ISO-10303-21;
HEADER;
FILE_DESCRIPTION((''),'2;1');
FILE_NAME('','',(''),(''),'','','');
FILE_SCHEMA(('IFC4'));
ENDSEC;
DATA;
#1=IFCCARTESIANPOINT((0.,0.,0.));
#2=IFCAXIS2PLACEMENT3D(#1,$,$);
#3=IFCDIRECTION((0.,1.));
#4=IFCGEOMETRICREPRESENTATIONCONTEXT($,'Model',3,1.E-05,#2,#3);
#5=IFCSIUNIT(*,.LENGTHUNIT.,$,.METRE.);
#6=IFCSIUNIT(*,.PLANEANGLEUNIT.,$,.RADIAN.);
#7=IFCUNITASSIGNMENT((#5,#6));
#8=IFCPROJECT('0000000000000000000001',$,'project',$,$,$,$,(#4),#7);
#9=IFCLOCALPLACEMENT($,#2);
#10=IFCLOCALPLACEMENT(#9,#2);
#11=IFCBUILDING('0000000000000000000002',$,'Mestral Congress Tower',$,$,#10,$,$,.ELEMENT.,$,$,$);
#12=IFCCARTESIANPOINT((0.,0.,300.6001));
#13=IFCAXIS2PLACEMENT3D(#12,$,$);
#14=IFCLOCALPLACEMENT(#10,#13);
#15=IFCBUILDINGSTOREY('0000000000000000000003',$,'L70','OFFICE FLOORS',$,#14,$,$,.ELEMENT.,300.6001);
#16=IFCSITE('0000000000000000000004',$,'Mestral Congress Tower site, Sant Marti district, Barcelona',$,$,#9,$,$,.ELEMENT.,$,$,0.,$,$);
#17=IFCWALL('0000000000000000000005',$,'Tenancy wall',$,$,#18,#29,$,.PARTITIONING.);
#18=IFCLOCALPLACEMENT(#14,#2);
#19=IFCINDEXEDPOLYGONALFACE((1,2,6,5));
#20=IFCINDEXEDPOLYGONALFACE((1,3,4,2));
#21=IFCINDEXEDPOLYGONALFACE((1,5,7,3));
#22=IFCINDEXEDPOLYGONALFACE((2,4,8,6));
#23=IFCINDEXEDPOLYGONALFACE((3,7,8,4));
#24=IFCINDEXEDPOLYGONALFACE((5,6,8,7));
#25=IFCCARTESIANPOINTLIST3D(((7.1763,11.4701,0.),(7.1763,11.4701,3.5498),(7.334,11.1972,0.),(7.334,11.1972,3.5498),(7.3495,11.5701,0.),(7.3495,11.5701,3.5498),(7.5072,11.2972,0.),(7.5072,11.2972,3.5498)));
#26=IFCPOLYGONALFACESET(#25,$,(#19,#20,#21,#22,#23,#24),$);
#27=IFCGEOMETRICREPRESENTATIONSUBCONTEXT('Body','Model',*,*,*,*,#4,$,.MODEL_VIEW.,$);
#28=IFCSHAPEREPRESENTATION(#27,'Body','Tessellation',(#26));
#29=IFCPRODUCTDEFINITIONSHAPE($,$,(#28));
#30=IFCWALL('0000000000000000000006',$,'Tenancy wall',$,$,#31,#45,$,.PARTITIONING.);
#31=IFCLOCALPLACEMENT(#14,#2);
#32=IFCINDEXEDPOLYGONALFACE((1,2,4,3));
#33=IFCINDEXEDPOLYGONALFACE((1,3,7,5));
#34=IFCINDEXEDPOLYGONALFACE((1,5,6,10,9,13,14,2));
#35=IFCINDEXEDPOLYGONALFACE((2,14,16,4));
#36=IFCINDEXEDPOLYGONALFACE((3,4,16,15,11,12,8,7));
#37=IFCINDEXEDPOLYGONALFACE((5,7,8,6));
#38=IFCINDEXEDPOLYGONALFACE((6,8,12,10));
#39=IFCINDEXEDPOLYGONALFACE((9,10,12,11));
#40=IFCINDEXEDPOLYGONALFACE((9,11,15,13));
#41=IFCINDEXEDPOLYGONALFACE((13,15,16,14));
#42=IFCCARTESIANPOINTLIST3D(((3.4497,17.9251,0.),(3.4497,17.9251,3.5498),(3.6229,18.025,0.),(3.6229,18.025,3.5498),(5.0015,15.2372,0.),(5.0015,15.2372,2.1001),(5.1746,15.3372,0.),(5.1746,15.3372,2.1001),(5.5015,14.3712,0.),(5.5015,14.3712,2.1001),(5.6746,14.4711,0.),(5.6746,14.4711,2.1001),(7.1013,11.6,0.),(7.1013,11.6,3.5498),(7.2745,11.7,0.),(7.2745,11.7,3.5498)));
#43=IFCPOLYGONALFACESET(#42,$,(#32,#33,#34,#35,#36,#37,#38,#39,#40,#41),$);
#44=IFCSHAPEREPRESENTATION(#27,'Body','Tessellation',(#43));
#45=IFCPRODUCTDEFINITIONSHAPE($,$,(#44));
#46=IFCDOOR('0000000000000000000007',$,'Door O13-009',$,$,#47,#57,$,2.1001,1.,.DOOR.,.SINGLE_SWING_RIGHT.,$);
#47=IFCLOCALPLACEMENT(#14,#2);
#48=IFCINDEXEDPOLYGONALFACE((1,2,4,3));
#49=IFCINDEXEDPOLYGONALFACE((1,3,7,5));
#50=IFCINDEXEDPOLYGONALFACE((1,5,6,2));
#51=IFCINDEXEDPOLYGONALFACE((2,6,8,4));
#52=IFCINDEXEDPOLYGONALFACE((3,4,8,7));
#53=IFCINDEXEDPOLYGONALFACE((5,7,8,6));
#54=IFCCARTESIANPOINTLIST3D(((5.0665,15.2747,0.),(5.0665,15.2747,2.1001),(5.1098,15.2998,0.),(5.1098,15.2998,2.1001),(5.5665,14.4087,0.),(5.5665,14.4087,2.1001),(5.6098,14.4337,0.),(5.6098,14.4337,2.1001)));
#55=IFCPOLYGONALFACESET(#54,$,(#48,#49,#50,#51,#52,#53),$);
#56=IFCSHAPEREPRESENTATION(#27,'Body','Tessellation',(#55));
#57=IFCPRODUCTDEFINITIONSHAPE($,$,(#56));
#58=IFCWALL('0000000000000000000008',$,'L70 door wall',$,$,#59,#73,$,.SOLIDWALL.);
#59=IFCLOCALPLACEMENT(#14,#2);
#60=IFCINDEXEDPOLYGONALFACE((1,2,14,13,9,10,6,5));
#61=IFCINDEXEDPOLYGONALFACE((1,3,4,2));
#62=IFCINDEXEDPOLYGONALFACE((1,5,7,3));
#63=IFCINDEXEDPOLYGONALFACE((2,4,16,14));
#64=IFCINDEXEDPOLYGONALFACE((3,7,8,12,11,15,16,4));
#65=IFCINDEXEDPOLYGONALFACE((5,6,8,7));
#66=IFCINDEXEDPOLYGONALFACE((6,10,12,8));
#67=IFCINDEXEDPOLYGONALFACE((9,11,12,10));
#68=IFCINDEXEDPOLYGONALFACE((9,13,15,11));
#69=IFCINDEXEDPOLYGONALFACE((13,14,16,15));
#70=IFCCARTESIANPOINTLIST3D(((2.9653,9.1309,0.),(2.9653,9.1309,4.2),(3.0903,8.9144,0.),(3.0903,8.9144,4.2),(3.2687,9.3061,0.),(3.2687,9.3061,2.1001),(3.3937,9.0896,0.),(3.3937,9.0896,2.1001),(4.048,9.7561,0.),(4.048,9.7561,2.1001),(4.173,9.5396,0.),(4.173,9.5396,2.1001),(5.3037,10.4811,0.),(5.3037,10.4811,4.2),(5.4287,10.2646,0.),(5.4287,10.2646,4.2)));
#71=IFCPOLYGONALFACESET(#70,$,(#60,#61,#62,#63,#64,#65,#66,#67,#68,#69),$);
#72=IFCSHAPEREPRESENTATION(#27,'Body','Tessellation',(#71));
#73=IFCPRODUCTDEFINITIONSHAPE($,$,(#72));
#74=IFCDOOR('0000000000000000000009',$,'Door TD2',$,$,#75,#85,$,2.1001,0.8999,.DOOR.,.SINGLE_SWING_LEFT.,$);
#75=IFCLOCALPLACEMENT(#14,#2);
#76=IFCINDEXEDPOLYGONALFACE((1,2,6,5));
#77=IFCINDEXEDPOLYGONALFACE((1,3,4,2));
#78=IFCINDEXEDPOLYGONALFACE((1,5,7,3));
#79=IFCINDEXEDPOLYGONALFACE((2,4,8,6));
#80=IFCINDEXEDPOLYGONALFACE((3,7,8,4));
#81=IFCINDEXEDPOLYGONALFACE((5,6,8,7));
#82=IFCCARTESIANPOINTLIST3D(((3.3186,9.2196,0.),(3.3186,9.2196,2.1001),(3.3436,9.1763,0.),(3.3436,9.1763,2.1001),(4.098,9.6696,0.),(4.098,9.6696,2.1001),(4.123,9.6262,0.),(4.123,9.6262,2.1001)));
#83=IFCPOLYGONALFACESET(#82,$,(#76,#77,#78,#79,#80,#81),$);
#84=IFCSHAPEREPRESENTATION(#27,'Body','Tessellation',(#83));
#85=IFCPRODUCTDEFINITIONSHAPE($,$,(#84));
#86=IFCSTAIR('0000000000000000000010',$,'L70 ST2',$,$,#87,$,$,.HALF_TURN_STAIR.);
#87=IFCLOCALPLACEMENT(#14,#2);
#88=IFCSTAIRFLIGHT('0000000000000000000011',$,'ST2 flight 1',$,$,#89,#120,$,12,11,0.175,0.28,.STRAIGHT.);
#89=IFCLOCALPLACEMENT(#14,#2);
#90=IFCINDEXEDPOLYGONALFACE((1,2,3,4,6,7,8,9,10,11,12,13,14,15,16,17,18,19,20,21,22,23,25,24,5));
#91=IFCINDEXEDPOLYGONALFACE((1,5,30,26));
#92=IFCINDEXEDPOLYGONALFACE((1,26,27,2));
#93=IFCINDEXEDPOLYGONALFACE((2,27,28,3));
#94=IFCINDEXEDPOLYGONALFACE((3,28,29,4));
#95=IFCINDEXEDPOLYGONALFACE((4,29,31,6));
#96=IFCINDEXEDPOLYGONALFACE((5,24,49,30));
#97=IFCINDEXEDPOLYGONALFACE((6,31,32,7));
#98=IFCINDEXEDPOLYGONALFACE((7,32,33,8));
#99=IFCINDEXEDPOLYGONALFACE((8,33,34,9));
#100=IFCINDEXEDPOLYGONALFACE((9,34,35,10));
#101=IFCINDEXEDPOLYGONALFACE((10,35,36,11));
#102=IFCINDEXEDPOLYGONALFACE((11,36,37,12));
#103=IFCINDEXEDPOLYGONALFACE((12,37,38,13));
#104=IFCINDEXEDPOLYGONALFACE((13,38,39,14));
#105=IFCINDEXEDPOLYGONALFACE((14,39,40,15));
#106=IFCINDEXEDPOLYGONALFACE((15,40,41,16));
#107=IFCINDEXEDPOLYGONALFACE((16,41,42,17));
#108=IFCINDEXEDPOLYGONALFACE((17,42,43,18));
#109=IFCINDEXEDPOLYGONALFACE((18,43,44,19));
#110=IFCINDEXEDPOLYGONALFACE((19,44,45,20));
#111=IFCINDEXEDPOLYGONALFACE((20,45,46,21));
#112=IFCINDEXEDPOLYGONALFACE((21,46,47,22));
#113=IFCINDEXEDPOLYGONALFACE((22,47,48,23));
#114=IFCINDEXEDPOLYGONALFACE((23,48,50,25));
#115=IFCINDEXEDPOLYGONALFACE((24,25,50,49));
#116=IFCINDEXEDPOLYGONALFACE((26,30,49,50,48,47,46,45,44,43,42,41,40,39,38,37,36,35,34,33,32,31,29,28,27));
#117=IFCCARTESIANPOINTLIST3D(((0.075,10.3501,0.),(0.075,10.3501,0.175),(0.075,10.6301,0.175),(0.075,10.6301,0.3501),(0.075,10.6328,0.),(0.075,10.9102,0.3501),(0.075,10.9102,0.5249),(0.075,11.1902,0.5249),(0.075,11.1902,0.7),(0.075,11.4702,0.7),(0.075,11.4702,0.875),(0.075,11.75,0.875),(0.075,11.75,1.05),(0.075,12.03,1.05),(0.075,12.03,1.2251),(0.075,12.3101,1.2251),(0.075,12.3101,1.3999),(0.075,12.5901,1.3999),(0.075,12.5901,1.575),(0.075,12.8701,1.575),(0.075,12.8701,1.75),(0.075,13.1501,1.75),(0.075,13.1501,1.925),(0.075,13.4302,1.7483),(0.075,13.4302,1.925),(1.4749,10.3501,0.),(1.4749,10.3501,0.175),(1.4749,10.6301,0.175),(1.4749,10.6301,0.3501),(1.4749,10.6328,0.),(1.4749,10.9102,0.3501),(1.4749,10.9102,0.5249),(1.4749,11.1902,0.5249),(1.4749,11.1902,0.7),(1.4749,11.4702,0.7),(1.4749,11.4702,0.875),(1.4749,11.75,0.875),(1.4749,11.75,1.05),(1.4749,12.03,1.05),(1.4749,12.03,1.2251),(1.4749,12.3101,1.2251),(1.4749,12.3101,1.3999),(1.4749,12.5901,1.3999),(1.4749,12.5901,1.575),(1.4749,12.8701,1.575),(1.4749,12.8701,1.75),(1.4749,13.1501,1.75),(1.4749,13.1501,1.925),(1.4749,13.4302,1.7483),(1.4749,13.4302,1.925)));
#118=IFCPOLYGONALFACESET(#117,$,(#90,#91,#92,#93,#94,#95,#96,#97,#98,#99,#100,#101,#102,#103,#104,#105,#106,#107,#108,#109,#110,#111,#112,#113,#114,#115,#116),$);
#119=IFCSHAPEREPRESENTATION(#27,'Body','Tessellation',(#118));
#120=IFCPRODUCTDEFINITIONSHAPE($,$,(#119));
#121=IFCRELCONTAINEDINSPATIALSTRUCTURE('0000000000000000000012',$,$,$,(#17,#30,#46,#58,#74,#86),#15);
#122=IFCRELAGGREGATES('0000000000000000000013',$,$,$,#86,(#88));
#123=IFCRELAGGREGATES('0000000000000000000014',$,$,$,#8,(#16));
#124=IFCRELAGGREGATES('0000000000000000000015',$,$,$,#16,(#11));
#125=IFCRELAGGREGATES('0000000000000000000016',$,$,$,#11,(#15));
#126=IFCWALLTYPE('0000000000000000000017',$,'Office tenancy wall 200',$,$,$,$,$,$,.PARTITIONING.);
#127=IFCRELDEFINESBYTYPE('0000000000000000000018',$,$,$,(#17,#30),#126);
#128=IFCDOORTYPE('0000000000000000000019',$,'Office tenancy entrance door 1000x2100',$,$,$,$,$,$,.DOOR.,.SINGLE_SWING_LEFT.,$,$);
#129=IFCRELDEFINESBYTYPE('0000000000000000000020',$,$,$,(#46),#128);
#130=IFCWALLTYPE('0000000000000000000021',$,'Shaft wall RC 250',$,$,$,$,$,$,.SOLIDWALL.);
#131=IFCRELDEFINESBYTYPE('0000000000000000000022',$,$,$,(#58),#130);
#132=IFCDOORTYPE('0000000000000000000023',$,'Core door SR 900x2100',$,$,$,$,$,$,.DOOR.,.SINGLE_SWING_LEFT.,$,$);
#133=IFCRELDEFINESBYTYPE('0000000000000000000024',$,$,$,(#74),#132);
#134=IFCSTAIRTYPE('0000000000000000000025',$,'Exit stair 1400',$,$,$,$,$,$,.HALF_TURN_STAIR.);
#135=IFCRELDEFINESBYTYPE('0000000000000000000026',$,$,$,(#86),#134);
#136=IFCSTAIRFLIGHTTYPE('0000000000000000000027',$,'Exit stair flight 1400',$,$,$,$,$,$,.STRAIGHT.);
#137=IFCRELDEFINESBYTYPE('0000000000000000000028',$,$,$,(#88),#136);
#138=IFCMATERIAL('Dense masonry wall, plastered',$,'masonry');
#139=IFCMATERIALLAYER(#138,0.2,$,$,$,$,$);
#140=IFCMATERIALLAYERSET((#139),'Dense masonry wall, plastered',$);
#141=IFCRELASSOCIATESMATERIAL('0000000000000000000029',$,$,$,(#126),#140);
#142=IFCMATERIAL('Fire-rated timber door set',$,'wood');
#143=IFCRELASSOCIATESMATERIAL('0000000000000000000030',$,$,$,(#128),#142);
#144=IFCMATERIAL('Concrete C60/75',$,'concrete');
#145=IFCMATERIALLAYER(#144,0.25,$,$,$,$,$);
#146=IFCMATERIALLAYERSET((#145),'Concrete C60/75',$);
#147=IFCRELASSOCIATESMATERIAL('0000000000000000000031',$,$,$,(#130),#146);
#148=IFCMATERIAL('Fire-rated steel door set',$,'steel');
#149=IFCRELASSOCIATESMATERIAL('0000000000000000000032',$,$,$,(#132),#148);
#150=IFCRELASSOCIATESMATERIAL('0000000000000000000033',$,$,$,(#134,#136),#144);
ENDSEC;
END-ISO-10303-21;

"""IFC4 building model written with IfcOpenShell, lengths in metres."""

from ifc_helpers import new_model, si_unit, direction, frame, frame_2d, origin, place, context, subcontext, project, spatial, polyline, rectangle, outline, extrude, material, layer, layer_set, type_object, element, fill, aggregate, save


model = new_model("IFC4")

# Units and contexts
model_context = context("Model", 3, precision=1e-05, world=origin(), true_north=direction((0.0, 1.0)))
body_context = subcontext(model_context, "Body", "Model", "MODEL_VIEW")
ifc_project = project(units=[si_unit("LENGTHUNIT", "METRE"), si_unit("PLANEANGLEUNIT", "RADIAN")], contexts=[model_context])

# Site, building, storey
site_placement = place(None, origin())
site = spatial("IfcSite", under=ifc_project, at=site_placement, Name="Mestral Congress Tower site, Sant Marti district, Barcelona", CompositionType="ELEMENT", RefElevation=0.0)
building_placement = place(site_placement, origin())
building = spatial("IfcBuilding", under=site, at=building_placement, Name="Mestral Congress Tower", CompositionType="ELEMENT")
storey_placement = place(building_placement, frame((0.0, 0.0, 300.6001)))
storey = spatial("IfcBuildingStorey", under=building, at=storey_placement, Name="L70", Description="OFFICE FLOORS", CompositionType="ELEMENT", Elevation=300.6001)

# Shared definitions
ifc_material_1 = material(Name="Concrete C60/75", Category="concrete")

# Wall
ifc_material_2 = material(Name="Dense masonry wall, plastered", Category="masonry")
ifc_layer_1 = layer(ifc_material_2, 0.2)
ifc_layer_set_1 = layer_set([ifc_layer_1], Name="Dense masonry wall, plastered")
wall_type_1 = type_object("IfcWallType", Name="Office tenancy wall 200", PredefinedType="PARTITIONING", material=ifc_layer_set_1)
wall_1_placement = place(storey_placement, frame((7.4207, 11.2471, 0.0), z_axis=(0.0, 0.0, 1.0), x_axis=(-0.500303, 0.86585, 0.0)))
element("IfcWall", 1, at=wall_1_placement, inside=storey, type_object=wall_type_1, Name="Tenancy wall", PredefinedType="PARTITIONING", context=body_context, shape_type="SweptSolid", body=[
    extrude(rectangle(XDim=0.3152, YDim=0.2, at=frame_2d((0.1577, 0.0))), origin(), (0.0, 0.0, 1.0), 3.5498),
])

# Walls, openings, doors
wall_2_placement = place(storey_placement, frame((7.188, 11.6499, 0.0), z_axis=(0.0, 0.0, 1.0), x_axis=(-0.49999, 0.866031, 0.0)))
wall_2 = element("IfcWall", 2, at=wall_2_placement, inside=storey, type_object=wall_type_1, Name="Tenancy wall", PredefinedType="PARTITIONING", context=body_context, shape_type="SweptSolid", body=[
    extrude(rectangle(XDim=7.3035, YDim=0.2, at=frame_2d((3.6519, 0.0))), origin(), (0.0, 0.0, 1.0), 3.5498),
])
opening_1_placement = place(wall_2_placement, frame((3.2, 0.0, 0.0)))
opening_1 = element("IfcOpeningElement", 3, at=opening_1_placement, cuts=wall_2, PredefinedType="OPENING", context=body_context, shape_type="SweptSolid", body=[
    extrude(rectangle(XDim=1.0, YDim=2.1001, at=frame_2d((0.5, 1.05))), frame((0.0, 0.1099, 0.0), z_axis=(0.0, -1.0, 0.0), x_axis=(1.0, 0.0, 0.0)), (0.0, 0.0, 1.0), 0.22),
])
ifc_material_3 = material(Name="Fire-rated timber door set", Category="wood")
door_type_1 = type_object("IfcDoorType", Name="Office tenancy entrance door 1000x2100", OperationType="SINGLE_SWING_LEFT", PredefinedType="DOOR", material=ifc_material_3)
door_1_placement = place(opening_1_placement, origin())
door_1 = element("IfcDoor", 4, at=door_1_placement, inside=storey, type_object=door_type_1, Name="Door O13-009", OperationType="SINGLE_SWING_RIGHT", OverallHeight=2.1001, OverallWidth=1.0, PredefinedType="DOOR", context=body_context, shape_type="SweptSolid", body=[
    extrude(rectangle(XDim=1.0, YDim=2.1001, at=frame_2d((0.5, 1.05))), frame((0.0, 0.0249, 0.0), z_axis=(0.0, -1.0, 0.0), x_axis=(1.0, 0.0, 0.0)), (0.0, 0.0, 1.0), 0.05),
])
fill(opening_1, door_1)
ifc_layer_2 = layer(ifc_material_1, 0.25)
ifc_layer_set_2 = layer_set([ifc_layer_2], Name="Concrete C60/75")
wall_type_2 = type_object("IfcWallType", Name="Shaft wall RC 250", PredefinedType="SOLIDWALL", material=ifc_layer_set_2)
wall_3_placement = place(storey_placement, frame((5.3662, 10.3728, 0.0), z_axis=(0.0, 0.0, 1.0), x_axis=(-0.86602, -0.500009, 0.0)))
wall_3 = element("IfcWall", 5, at=wall_3_placement, inside=storey, type_object=wall_type_2, Name="L70 door wall", PredefinedType="SOLIDWALL", context=body_context, shape_type="SweptSolid", body=[
    extrude(rectangle(XDim=2.7002, YDim=0.25, at=frame_2d((1.3501, 0.0))), origin(), (0.0, 0.0, 1.0), 4.2),
])
opening_2_placement = place(wall_3_placement, frame((1.45, 0.0, 0.0)))
opening_2 = element("IfcOpeningElement", 6, at=opening_2_placement, cuts=wall_3, PredefinedType="OPENING", context=body_context, shape_type="SweptSolid", body=[
    extrude(rectangle(XDim=0.8999, YDim=2.1001, at=frame_2d((0.45, 1.05))), frame((0.0, 0.135, 0.0), z_axis=(0.0, -1.0, 0.0), x_axis=(1.0, 0.0, 0.0)), (0.0, 0.0, 1.0), 0.27),
])
ifc_material_4 = material(Name="Fire-rated steel door set", Category="steel")
door_type_2 = type_object("IfcDoorType", Name="Core door SR 900x2100", OperationType="SINGLE_SWING_LEFT", PredefinedType="DOOR", material=ifc_material_4)
door_2_placement = place(opening_2_placement, origin())
door_2 = element("IfcDoor", 7, at=door_2_placement, inside=storey, type_object=door_type_2, Name="Door TD2", OperationType="SINGLE_SWING_LEFT", OverallHeight=2.1001, OverallWidth=0.8999, PredefinedType="DOOR", context=body_context, shape_type="SweptSolid", body=[
    extrude(rectangle(XDim=0.8999, YDim=2.1001, at=frame_2d((0.45, 1.05))), frame((0.0, 0.0249, 0.0), z_axis=(0.0, -1.0, 0.0), x_axis=(1.0, 0.0, 0.0)), (0.0, 0.0, 1.0), 0.05),
])
fill(opening_2, door_2)

# Stair, stair flight
stair_type = type_object("IfcStairType", Name="Exit stair 1400", PredefinedType="HALF_TURN_STAIR", material=ifc_material_1)
stair_placement = place(storey_placement, origin())
stair = element("IfcStair", 8, at=stair_placement, inside=storey, type_object=stair_type, Name="L70 ST2", PredefinedType="HALF_TURN_STAIR")
stair_flight_type = type_object("IfcStairFlightType", Name="Exit stair flight 1400", PredefinedType="STRAIGHT", material=ifc_material_1)
stair_flight_placement = place(storey_placement, frame((0.7749, 10.3501, 0.0), z_axis=(0.0, 0.0, 1.0), x_axis=(0.0, 1.0, 0.0)))
stair_flight = element("IfcStairFlight", 9, at=stair_flight_placement, type_object=stair_flight_type, Name="ST2 flight 1", NumberOfRisers=12, NumberOfTreads=11, PredefinedType="STRAIGHT", RiserHeight=0.175, TreadLength=0.28, context=body_context, shape_type="SweptSolid", body=[
    extrude(outline(polyline([(0.0, 0.0), (0.0, 0.175), (0.28, 0.175), (0.28, 0.3501), (0.5601, 0.3501), (0.5601, 0.5249), (0.8401, 0.5249), (0.8401, 0.7), (1.1201, 0.7), (1.1201, 0.875), (1.3999, 0.875), (1.3999, 1.05), (1.6799, 1.05), (1.6799, 1.2251), (1.96, 1.2251), (1.96, 1.3999), (2.24, 1.3999), (2.24, 1.575), (2.52, 1.575), (2.52, 1.75), (2.8, 1.75), (2.8, 1.925), (3.0801, 1.925), (3.0801, 2.1001), (3.0801, 1.7483), (0.2827, 0.0), (0.0, 0.0)])), frame((0.0, 0.7, 0.0), z_axis=(0.0, -1.0, 0.0), x_axis=(1.0, 0.0, 0.0)), (0.0, 0.0, 1.0), 1.3999),
])
aggregate(stair, [stair_flight])

save(model, "model.ifc")
